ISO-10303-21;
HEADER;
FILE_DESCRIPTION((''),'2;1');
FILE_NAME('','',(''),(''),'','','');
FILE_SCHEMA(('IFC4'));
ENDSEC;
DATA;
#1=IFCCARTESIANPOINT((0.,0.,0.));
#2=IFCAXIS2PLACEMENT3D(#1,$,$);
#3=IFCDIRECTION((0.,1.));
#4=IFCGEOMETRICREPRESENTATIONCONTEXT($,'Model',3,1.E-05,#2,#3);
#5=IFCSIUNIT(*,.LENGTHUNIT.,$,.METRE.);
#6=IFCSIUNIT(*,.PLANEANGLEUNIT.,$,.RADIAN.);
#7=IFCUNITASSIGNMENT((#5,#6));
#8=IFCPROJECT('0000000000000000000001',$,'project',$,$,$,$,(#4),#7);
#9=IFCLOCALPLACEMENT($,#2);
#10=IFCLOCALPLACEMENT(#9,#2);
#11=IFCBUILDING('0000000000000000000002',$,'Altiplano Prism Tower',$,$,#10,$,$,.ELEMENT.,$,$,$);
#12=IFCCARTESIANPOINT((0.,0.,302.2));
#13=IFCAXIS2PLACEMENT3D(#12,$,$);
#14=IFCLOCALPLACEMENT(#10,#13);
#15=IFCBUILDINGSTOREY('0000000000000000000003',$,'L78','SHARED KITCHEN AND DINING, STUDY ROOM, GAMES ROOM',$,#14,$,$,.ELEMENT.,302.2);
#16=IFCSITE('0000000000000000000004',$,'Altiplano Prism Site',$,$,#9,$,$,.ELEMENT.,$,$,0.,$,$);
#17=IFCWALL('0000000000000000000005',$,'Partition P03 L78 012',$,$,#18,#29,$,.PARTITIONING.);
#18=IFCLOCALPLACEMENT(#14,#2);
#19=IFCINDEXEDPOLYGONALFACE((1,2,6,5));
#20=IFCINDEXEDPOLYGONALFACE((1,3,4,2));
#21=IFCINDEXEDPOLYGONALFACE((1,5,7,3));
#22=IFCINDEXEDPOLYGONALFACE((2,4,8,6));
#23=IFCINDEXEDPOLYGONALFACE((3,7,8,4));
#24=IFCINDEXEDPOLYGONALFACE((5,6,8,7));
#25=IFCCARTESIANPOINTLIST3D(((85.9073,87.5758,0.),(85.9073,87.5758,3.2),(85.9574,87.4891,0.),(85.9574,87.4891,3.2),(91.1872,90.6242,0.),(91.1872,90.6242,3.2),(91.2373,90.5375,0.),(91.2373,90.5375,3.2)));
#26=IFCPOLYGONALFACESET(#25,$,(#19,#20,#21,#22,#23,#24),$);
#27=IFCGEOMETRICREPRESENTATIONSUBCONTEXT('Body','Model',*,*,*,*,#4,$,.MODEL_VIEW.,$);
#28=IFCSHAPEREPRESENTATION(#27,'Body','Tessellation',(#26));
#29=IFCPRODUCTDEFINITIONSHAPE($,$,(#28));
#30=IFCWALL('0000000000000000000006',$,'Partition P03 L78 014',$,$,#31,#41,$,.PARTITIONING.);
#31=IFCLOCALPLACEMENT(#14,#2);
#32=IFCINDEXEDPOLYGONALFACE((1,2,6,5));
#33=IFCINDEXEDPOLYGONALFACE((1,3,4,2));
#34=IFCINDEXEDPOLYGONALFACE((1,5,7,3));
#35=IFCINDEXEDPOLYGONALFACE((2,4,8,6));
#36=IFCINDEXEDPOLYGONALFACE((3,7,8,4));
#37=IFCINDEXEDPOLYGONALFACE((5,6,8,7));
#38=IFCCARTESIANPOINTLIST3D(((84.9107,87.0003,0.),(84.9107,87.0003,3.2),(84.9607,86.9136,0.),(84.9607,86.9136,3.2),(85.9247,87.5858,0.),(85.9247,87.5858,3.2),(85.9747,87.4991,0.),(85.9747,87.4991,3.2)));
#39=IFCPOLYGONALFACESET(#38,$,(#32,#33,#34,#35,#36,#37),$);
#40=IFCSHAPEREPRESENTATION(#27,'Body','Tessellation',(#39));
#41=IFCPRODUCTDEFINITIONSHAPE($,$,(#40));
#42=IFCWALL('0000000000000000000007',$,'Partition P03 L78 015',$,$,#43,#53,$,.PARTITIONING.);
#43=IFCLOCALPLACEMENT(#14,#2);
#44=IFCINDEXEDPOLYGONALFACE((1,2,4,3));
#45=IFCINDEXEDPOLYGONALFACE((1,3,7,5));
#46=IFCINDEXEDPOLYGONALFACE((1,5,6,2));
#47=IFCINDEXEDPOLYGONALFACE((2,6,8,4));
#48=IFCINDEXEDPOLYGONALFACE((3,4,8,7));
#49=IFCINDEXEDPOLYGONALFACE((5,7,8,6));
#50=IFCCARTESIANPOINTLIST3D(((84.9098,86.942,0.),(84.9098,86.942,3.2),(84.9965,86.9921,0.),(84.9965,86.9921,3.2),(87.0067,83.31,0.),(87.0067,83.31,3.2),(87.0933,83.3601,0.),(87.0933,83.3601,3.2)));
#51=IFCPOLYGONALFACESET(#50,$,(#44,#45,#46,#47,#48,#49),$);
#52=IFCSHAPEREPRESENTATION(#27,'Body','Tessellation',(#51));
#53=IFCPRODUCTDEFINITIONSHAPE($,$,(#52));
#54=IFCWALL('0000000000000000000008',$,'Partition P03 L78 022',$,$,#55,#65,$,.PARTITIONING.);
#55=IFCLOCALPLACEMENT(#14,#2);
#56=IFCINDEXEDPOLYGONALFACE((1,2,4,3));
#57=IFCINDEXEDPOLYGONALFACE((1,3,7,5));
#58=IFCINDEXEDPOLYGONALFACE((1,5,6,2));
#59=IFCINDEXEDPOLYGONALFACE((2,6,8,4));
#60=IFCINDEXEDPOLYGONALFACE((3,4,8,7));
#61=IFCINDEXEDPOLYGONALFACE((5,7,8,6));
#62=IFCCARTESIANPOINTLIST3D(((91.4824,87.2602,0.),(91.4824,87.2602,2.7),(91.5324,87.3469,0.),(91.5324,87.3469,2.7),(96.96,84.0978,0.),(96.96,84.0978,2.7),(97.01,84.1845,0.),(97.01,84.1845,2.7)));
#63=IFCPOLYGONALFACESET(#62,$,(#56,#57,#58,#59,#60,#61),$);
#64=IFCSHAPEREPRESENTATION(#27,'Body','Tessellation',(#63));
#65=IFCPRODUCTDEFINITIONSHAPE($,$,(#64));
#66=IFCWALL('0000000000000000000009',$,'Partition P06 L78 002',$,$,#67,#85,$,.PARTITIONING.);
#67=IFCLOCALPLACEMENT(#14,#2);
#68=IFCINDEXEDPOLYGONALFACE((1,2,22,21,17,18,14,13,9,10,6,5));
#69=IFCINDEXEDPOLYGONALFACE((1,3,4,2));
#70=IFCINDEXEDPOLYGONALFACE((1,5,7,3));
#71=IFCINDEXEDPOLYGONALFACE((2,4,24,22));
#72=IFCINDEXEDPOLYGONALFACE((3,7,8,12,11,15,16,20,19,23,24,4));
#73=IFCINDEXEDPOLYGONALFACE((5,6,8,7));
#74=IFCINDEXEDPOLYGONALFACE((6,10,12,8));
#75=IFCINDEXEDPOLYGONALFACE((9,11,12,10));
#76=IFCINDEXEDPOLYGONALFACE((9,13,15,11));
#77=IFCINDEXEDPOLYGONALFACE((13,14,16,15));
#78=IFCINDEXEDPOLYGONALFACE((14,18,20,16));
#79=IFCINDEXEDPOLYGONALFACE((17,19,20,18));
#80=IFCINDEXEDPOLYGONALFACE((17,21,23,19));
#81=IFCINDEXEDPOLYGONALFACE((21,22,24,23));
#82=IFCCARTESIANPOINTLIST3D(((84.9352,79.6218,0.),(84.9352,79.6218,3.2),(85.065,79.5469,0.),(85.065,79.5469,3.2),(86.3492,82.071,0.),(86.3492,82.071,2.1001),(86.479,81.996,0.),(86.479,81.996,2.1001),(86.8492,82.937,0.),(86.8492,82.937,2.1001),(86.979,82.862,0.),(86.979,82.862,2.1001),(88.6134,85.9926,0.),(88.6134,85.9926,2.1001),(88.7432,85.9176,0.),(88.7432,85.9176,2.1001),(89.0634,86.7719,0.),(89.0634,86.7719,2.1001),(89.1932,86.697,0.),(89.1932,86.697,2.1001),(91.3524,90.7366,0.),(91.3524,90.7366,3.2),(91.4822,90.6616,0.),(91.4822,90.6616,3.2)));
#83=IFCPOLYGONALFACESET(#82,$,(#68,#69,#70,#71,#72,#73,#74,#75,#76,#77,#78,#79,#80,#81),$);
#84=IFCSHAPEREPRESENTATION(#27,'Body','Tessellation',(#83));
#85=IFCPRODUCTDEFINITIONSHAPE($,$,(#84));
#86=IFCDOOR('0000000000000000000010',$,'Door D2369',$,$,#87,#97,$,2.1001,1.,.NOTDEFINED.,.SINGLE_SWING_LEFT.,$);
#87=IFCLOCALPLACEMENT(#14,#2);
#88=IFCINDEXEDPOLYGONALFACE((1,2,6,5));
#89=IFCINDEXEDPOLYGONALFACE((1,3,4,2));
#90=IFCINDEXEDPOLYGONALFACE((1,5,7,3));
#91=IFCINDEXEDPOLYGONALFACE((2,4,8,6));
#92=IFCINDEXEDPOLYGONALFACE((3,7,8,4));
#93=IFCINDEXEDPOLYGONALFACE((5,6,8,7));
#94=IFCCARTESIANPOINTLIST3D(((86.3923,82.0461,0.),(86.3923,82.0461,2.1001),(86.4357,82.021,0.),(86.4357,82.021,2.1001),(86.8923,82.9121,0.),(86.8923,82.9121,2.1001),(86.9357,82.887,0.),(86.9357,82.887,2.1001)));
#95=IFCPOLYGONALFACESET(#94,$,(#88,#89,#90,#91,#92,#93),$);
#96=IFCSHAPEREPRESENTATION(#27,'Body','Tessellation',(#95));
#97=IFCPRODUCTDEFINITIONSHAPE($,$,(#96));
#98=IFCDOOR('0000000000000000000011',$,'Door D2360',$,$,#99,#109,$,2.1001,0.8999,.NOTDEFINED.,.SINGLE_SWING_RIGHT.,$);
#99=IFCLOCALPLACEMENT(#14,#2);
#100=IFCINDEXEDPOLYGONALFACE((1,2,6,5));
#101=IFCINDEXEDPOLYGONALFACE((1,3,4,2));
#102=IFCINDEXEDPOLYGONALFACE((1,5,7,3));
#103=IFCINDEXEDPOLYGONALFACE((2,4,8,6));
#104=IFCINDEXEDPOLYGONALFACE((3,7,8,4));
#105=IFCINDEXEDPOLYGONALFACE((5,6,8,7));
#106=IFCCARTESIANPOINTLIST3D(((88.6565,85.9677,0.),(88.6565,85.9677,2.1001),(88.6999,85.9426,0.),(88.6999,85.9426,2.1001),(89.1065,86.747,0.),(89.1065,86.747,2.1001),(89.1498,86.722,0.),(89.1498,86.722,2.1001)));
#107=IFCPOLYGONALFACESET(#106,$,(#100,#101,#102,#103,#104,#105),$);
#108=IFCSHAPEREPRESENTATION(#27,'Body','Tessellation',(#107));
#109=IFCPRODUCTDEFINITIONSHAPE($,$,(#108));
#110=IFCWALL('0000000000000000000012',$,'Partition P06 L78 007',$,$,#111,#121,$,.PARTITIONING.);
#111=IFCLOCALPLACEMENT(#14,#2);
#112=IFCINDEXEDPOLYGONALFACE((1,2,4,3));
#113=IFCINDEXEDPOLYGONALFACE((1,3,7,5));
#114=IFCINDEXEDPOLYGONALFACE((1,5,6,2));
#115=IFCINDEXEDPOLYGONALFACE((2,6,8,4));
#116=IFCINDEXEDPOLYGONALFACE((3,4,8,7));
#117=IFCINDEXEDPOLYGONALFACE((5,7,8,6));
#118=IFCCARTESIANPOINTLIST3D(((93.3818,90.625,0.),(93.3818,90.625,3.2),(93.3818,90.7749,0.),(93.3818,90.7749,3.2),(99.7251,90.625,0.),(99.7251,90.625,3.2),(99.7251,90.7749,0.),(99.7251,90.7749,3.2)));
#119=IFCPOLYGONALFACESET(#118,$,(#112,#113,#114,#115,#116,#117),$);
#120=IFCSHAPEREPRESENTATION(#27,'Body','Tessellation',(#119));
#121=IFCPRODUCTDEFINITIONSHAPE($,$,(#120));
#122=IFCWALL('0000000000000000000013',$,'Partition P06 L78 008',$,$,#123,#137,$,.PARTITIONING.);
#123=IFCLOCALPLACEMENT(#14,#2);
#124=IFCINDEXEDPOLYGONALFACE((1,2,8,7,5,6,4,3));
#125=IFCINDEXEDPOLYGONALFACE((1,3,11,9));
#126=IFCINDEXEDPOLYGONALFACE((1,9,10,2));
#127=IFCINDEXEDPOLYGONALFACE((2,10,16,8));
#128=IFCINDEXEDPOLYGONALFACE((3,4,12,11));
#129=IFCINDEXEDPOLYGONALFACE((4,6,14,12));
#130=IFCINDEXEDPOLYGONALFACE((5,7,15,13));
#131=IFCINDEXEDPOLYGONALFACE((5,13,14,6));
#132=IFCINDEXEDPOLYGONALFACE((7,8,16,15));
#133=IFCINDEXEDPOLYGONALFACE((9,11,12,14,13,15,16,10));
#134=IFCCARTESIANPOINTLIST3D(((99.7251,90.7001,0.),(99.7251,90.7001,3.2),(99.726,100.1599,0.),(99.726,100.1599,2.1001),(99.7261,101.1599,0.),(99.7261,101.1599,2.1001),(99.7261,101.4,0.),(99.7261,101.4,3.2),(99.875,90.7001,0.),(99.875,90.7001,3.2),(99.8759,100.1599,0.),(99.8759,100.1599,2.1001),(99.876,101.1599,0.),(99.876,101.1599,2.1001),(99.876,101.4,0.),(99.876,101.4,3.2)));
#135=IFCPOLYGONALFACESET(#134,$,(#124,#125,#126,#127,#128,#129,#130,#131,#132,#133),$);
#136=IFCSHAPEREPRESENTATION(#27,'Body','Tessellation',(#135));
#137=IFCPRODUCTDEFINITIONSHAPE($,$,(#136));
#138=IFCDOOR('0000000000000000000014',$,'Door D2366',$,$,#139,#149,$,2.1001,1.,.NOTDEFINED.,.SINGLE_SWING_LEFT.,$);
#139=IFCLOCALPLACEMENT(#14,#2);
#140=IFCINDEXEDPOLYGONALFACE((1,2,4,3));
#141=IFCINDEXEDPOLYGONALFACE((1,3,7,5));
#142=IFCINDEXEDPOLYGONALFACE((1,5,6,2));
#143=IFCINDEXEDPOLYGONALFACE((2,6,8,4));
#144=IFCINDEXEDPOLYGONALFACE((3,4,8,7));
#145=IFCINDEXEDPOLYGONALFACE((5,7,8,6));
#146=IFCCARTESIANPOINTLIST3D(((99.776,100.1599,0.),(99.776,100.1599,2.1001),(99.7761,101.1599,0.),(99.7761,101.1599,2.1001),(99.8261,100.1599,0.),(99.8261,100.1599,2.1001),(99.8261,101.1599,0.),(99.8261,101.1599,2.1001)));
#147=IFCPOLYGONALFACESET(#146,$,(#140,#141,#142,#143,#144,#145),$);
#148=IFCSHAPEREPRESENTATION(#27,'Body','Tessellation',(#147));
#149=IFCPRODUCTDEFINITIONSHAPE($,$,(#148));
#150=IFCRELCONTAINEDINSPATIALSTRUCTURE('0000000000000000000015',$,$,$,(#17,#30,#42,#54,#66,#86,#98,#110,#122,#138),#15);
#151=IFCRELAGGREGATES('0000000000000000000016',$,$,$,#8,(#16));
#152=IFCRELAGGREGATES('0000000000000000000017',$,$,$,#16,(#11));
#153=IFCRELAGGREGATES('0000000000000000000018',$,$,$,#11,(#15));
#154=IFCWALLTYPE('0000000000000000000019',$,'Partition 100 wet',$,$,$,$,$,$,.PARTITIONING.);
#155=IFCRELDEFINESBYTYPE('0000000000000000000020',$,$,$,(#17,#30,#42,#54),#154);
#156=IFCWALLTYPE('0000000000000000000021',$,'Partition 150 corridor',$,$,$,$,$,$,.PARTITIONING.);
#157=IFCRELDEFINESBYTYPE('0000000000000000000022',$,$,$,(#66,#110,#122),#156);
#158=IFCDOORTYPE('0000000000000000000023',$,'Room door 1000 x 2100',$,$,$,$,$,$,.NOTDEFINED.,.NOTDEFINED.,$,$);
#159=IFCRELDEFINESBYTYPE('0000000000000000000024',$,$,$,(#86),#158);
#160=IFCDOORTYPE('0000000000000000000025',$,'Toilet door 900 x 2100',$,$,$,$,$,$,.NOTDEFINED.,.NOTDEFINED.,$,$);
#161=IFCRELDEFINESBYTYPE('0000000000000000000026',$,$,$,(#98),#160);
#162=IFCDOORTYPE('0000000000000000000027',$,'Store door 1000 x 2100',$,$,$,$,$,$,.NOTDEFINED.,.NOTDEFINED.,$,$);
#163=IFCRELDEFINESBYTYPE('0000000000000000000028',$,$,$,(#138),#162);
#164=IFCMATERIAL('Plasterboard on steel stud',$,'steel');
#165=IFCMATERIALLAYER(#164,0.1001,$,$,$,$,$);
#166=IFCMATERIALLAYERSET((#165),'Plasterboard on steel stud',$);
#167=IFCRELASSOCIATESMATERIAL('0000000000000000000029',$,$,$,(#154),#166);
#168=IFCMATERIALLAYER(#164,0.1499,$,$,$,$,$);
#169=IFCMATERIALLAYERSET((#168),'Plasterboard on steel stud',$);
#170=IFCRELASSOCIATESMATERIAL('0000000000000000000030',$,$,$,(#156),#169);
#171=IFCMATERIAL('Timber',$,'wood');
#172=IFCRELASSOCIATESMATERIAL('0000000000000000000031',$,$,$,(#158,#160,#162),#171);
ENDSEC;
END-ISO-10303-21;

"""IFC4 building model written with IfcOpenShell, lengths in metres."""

from ifc_helpers import new_model, si_unit, direction, frame, frame_2d, origin, place, context, subcontext, project, spatial, rectangle, extrude, material, layer, layer_set, type_object, element, fill, save


model = new_model("IFC4")

# Units and contexts
model_context = context("Model", 3, precision=1e-05, world=origin(), true_north=direction((0.0, 1.0)))
body_context = subcontext(model_context, "Body", "Model", "MODEL_VIEW")
ifc_project = project(units=[si_unit("LENGTHUNIT", "METRE"), si_unit("PLANEANGLEUNIT", "RADIAN")], contexts=[model_context])

# Site, building, storey
site_placement = place(None, origin())
site = spatial("IfcSite", under=ifc_project, at=site_placement, Name="Altiplano Prism Site", CompositionType="ELEMENT", RefElevation=0.0)
building_placement = place(site_placement, origin())
building = spatial("IfcBuilding", under=site, at=building_placement, Name="Altiplano Prism Tower", CompositionType="ELEMENT")
storey_placement = place(building_placement, frame((0.0, 0.0, 302.2)))
storey = spatial("IfcBuildingStorey", under=building, at=storey_placement, Name="L78", Description="SHARED KITCHEN AND DINING, STUDY ROOM, GAMES ROOM", CompositionType="ELEMENT", Elevation=302.2)

# Walls
ifc_material_1 = material(Name="Plasterboard on steel stud", Category="steel")
ifc_layer_1 = layer(ifc_material_1, 0.1001)
ifc_layer_set_1 = layer_set([ifc_layer_1], Name="Plasterboard on steel stud")
wall_type_1 = type_object("IfcWallType", Name="Partition 100 wet", PredefinedType="PARTITIONING", material=ifc_layer_set_1)
wall_1_placement = place(storey_placement, frame((85.9324, 87.5325, 0.0), z_axis=(0.0, 0.0, 1.0), x_axis=(0.866022, 0.500007, 0.0)))
element("IfcWall", 1, at=wall_1_placement, inside=storey, type_object=wall_type_1, Name="Partition P03 L78 012", PredefinedType="PARTITIONING", context=body_context, shape_type="SweptSolid", body=[
    extrude(rectangle(XDim=6.0967, YDim=0.1001, at=frame_2d((3.0483, 0.0))), origin(), (0.0, 0.0, 1.0), 3.2),
])
wall_2_placement = place(storey_placement, frame((85.9497, 87.5425, 0.0), z_axis=(0.0, 0.0, 1.0), x_axis=(-0.866002, -0.500041, 0.0)))
element("IfcWall", 2, at=wall_2_placement, inside=storey, type_object=wall_type_1, Name="Partition P03 L78 014", PredefinedType="PARTITIONING", context=body_context, shape_type="SweptSolid", body=[
    extrude(rectangle(XDim=1.1709, YDim=0.1001, at=frame_2d((0.5854, 0.0))), origin(), (0.0, 0.0, 1.0), 3.2),
])
wall_3_placement = place(storey_placement, frame((84.9531, 86.967, 0.0), z_axis=(0.0, 0.0, 1.0), x_axis=(0.49999, -0.866031, 0.0)))
element("IfcWall", 3, at=wall_3_placement, inside=storey, type_object=wall_type_1, Name="Partition P03 L78 015", PredefinedType="PARTITIONING", context=body_context, shape_type="SweptSolid", body=[
    extrude(rectangle(XDim=4.1938, YDim=0.1001, at=frame_2d((2.0969, 0.0))), origin(), (0.0, 0.0, 1.0), 3.2),
])
wall_4_placement = place(storey_placement, frame((96.9851, 84.1411, 0.0), z_axis=(0.0, 0.0, 1.0), x_axis=(-0.866033, 0.499988, 0.0)))
element("IfcWall", 4, at=wall_4_placement, inside=storey, type_object=wall_type_1, Name="Partition P03 L78 022", PredefinedType="PARTITIONING", context=body_context, shape_type="SweptSolid", body=[
    extrude(rectangle(XDim=6.325, YDim=0.1001, at=frame_2d((3.1626, 0.0))), origin(), (0.0, 0.0, 1.0), 2.7),
])

# Wall, openings, doors
ifc_layer_2 = layer(ifc_material_1, 0.1499)
ifc_layer_set_2 = layer_set([ifc_layer_2], Name="Plasterboard on steel stud")
wall_type_2 = type_object("IfcWallType", Name="Partition 150 corridor", PredefinedType="PARTITIONING", material=ifc_layer_set_2)
wall_5_placement = place(storey_placement, frame((91.4172, 90.699, 0.0), z_axis=(0.0, 0.0, 1.0), x_axis=(-0.500008, -0.866021, 0.0)))
wall_5 = element("IfcWall", 5, at=wall_5_placement, inside=storey, type_object=wall_type_2, Name="Partition P06 L78 002", PredefinedType="PARTITIONING", context=body_context, shape_type="SweptSolid", body=[
    extrude(rectangle(XDim=12.8342, YDim=0.1499, at=frame_2d((6.417, 0.0))), origin(), (0.0, 0.0, 1.0), 3.2),
])
opening_1_placement = place(wall_5_placement, frame((4.5779, 0.0, 0.0)))
opening_1 = element("IfcOpeningElement", 6, at=opening_1_placement, cuts=wall_5, PredefinedType="OPENING", context=body_context, shape_type="SweptSolid", body=[
    extrude(rectangle(XDim=0.8999, YDim=2.1001, at=frame_2d((0.45, 1.05))), frame((0.0, 0.0854, 0.0), z_axis=(0.0, -1.0, 0.0), x_axis=(1.0, 0.0, 0.0)), (0.0, 0.0, 1.0), 0.1709),
])
opening_2_placement = place(wall_5_placement, frame((9.0061, 0.0, 0.0)))
opening_2 = element("IfcOpeningElement", 7, at=opening_2_placement, cuts=wall_5, PredefinedType="OPENING", context=body_context, shape_type="SweptSolid", body=[
    extrude(rectangle(XDim=1.0, YDim=2.1001, at=frame_2d((0.5, 1.05))), frame((0.0, 0.0854, 0.0), z_axis=(0.0, -1.0, 0.0), x_axis=(1.0, 0.0, 0.0)), (0.0, 0.0, 1.0), 0.1709),
])
ifc_material_2 = material(Name="Timber", Category="wood")
door_type_1 = type_object("IfcDoorType", Name="Room door 1000 x 2100", OperationType="NOTDEFINED", PredefinedType="NOTDEFINED", material=ifc_material_2)
door_1_placement = place(opening_2_placement, origin())
door_1 = element("IfcDoor", 8, at=door_1_placement, inside=storey, type_object=door_type_1, Name="Door D2369", OperationType="SINGLE_SWING_LEFT", OverallHeight=2.1001, OverallWidth=1.0, PredefinedType="NOTDEFINED", context=body_context, shape_type="SweptSolid", body=[
    extrude(rectangle(XDim=1.0, YDim=2.1001, at=frame_2d((0.5, 1.05))), frame((0.0, 0.0249, 0.0), z_axis=(0.0, -1.0, 0.0), x_axis=(1.0, 0.0, 0.0)), (0.0, 0.0, 1.0), 0.05),
])
fill(opening_2, door_1)
door_type_2 = type_object("IfcDoorType", Name="Toilet door 900 x 2100", OperationType="NOTDEFINED", PredefinedType="NOTDEFINED", material=ifc_material_2)
door_2_placement = place(opening_1_placement, origin())
door_2 = element("IfcDoor", 9, at=door_2_placement, inside=storey, type_object=door_type_2, Name="Door D2360", OperationType="SINGLE_SWING_RIGHT", OverallHeight=2.1001, OverallWidth=0.8999, PredefinedType="NOTDEFINED", context=body_context, shape_type="SweptSolid", body=[
    extrude(rectangle(XDim=0.8999, YDim=2.1001, at=frame_2d((0.45, 1.05))), frame((0.0, 0.0249, 0.0), z_axis=(0.0, -1.0, 0.0), x_axis=(1.0, 0.0, 0.0)), (0.0, 0.0, 1.0), 0.05),
])
fill(opening_1, door_2)

# Wall
wall_6_placement = place(storey_placement, frame((93.3818, 90.7, 0.0), z_axis=(0.0, 0.0, 1.0), x_axis=(1.0, 0.0, 0.0)))
element("IfcWall", 10, at=wall_6_placement, inside=storey, type_object=wall_type_2, Name="Partition P06 L78 007", PredefinedType="PARTITIONING", context=body_context, shape_type="SweptSolid", body=[
    extrude(rectangle(XDim=6.3433, YDim=0.1499, at=frame_2d((3.1716, 0.0))), origin(), (0.0, 0.0, 1.0), 3.2),
])

# Wall, opening, door
wall_7_placement = place(storey_placement, frame((99.8, 90.7, 0.0), z_axis=(0.0, 0.0, 1.0), x_axis=(0.000091, 1.0, 0.0)))
wall_7 = element("IfcWall", 11, at=wall_7_placement, inside=storey, type_object=wall_type_2, Name="Partition P06 L78 008", PredefinedType="PARTITIONING", context=body_context, shape_type="SweptSolid", body=[
    extrude(rectangle(XDim=10.7, YDim=0.1499, at=frame_2d((5.3501, 0.0))), origin(), (0.0, 0.0, 1.0), 3.2),
])
opening_3_placement = place(wall_7_placement, frame((9.46, 0.0, 0.0)))
opening_3 = element("IfcOpeningElement", 12, at=opening_3_placement, cuts=wall_7, PredefinedType="OPENING", context=body_context, shape_type="SweptSolid", body=[
    extrude(rectangle(XDim=1.0, YDim=2.1001, at=frame_2d((0.5, 1.05))), frame((0.0, 0.0854, 0.0), z_axis=(0.0, -1.0, 0.0), x_axis=(1.0, 0.0, 0.0)), (0.0, 0.0, 1.0), 0.1709),
])
door_type_3 = type_object("IfcDoorType", Name="Store door 1000 x 2100", OperationType="NOTDEFINED", PredefinedType="NOTDEFINED", material=ifc_material_2)
door_3_placement = place(opening_3_placement, origin())
door_3 = element("IfcDoor", 13, at=door_3_placement, inside=storey, type_object=door_type_3, Name="Door D2366", OperationType="SINGLE_SWING_LEFT", OverallHeight=2.1001, OverallWidth=1.0, PredefinedType="NOTDEFINED", context=body_context, shape_type="SweptSolid", body=[
    extrude(rectangle(XDim=1.0, YDim=2.1001, at=frame_2d((0.5, 1.05))), frame((0.0, 0.0249, 0.0), z_axis=(0.0, -1.0, 0.0), x_axis=(1.0, 0.0, 0.0)), (0.0, 0.0, 1.0), 0.05),
])
fill(opening_3, door_3)

save(model, "model.ifc")
